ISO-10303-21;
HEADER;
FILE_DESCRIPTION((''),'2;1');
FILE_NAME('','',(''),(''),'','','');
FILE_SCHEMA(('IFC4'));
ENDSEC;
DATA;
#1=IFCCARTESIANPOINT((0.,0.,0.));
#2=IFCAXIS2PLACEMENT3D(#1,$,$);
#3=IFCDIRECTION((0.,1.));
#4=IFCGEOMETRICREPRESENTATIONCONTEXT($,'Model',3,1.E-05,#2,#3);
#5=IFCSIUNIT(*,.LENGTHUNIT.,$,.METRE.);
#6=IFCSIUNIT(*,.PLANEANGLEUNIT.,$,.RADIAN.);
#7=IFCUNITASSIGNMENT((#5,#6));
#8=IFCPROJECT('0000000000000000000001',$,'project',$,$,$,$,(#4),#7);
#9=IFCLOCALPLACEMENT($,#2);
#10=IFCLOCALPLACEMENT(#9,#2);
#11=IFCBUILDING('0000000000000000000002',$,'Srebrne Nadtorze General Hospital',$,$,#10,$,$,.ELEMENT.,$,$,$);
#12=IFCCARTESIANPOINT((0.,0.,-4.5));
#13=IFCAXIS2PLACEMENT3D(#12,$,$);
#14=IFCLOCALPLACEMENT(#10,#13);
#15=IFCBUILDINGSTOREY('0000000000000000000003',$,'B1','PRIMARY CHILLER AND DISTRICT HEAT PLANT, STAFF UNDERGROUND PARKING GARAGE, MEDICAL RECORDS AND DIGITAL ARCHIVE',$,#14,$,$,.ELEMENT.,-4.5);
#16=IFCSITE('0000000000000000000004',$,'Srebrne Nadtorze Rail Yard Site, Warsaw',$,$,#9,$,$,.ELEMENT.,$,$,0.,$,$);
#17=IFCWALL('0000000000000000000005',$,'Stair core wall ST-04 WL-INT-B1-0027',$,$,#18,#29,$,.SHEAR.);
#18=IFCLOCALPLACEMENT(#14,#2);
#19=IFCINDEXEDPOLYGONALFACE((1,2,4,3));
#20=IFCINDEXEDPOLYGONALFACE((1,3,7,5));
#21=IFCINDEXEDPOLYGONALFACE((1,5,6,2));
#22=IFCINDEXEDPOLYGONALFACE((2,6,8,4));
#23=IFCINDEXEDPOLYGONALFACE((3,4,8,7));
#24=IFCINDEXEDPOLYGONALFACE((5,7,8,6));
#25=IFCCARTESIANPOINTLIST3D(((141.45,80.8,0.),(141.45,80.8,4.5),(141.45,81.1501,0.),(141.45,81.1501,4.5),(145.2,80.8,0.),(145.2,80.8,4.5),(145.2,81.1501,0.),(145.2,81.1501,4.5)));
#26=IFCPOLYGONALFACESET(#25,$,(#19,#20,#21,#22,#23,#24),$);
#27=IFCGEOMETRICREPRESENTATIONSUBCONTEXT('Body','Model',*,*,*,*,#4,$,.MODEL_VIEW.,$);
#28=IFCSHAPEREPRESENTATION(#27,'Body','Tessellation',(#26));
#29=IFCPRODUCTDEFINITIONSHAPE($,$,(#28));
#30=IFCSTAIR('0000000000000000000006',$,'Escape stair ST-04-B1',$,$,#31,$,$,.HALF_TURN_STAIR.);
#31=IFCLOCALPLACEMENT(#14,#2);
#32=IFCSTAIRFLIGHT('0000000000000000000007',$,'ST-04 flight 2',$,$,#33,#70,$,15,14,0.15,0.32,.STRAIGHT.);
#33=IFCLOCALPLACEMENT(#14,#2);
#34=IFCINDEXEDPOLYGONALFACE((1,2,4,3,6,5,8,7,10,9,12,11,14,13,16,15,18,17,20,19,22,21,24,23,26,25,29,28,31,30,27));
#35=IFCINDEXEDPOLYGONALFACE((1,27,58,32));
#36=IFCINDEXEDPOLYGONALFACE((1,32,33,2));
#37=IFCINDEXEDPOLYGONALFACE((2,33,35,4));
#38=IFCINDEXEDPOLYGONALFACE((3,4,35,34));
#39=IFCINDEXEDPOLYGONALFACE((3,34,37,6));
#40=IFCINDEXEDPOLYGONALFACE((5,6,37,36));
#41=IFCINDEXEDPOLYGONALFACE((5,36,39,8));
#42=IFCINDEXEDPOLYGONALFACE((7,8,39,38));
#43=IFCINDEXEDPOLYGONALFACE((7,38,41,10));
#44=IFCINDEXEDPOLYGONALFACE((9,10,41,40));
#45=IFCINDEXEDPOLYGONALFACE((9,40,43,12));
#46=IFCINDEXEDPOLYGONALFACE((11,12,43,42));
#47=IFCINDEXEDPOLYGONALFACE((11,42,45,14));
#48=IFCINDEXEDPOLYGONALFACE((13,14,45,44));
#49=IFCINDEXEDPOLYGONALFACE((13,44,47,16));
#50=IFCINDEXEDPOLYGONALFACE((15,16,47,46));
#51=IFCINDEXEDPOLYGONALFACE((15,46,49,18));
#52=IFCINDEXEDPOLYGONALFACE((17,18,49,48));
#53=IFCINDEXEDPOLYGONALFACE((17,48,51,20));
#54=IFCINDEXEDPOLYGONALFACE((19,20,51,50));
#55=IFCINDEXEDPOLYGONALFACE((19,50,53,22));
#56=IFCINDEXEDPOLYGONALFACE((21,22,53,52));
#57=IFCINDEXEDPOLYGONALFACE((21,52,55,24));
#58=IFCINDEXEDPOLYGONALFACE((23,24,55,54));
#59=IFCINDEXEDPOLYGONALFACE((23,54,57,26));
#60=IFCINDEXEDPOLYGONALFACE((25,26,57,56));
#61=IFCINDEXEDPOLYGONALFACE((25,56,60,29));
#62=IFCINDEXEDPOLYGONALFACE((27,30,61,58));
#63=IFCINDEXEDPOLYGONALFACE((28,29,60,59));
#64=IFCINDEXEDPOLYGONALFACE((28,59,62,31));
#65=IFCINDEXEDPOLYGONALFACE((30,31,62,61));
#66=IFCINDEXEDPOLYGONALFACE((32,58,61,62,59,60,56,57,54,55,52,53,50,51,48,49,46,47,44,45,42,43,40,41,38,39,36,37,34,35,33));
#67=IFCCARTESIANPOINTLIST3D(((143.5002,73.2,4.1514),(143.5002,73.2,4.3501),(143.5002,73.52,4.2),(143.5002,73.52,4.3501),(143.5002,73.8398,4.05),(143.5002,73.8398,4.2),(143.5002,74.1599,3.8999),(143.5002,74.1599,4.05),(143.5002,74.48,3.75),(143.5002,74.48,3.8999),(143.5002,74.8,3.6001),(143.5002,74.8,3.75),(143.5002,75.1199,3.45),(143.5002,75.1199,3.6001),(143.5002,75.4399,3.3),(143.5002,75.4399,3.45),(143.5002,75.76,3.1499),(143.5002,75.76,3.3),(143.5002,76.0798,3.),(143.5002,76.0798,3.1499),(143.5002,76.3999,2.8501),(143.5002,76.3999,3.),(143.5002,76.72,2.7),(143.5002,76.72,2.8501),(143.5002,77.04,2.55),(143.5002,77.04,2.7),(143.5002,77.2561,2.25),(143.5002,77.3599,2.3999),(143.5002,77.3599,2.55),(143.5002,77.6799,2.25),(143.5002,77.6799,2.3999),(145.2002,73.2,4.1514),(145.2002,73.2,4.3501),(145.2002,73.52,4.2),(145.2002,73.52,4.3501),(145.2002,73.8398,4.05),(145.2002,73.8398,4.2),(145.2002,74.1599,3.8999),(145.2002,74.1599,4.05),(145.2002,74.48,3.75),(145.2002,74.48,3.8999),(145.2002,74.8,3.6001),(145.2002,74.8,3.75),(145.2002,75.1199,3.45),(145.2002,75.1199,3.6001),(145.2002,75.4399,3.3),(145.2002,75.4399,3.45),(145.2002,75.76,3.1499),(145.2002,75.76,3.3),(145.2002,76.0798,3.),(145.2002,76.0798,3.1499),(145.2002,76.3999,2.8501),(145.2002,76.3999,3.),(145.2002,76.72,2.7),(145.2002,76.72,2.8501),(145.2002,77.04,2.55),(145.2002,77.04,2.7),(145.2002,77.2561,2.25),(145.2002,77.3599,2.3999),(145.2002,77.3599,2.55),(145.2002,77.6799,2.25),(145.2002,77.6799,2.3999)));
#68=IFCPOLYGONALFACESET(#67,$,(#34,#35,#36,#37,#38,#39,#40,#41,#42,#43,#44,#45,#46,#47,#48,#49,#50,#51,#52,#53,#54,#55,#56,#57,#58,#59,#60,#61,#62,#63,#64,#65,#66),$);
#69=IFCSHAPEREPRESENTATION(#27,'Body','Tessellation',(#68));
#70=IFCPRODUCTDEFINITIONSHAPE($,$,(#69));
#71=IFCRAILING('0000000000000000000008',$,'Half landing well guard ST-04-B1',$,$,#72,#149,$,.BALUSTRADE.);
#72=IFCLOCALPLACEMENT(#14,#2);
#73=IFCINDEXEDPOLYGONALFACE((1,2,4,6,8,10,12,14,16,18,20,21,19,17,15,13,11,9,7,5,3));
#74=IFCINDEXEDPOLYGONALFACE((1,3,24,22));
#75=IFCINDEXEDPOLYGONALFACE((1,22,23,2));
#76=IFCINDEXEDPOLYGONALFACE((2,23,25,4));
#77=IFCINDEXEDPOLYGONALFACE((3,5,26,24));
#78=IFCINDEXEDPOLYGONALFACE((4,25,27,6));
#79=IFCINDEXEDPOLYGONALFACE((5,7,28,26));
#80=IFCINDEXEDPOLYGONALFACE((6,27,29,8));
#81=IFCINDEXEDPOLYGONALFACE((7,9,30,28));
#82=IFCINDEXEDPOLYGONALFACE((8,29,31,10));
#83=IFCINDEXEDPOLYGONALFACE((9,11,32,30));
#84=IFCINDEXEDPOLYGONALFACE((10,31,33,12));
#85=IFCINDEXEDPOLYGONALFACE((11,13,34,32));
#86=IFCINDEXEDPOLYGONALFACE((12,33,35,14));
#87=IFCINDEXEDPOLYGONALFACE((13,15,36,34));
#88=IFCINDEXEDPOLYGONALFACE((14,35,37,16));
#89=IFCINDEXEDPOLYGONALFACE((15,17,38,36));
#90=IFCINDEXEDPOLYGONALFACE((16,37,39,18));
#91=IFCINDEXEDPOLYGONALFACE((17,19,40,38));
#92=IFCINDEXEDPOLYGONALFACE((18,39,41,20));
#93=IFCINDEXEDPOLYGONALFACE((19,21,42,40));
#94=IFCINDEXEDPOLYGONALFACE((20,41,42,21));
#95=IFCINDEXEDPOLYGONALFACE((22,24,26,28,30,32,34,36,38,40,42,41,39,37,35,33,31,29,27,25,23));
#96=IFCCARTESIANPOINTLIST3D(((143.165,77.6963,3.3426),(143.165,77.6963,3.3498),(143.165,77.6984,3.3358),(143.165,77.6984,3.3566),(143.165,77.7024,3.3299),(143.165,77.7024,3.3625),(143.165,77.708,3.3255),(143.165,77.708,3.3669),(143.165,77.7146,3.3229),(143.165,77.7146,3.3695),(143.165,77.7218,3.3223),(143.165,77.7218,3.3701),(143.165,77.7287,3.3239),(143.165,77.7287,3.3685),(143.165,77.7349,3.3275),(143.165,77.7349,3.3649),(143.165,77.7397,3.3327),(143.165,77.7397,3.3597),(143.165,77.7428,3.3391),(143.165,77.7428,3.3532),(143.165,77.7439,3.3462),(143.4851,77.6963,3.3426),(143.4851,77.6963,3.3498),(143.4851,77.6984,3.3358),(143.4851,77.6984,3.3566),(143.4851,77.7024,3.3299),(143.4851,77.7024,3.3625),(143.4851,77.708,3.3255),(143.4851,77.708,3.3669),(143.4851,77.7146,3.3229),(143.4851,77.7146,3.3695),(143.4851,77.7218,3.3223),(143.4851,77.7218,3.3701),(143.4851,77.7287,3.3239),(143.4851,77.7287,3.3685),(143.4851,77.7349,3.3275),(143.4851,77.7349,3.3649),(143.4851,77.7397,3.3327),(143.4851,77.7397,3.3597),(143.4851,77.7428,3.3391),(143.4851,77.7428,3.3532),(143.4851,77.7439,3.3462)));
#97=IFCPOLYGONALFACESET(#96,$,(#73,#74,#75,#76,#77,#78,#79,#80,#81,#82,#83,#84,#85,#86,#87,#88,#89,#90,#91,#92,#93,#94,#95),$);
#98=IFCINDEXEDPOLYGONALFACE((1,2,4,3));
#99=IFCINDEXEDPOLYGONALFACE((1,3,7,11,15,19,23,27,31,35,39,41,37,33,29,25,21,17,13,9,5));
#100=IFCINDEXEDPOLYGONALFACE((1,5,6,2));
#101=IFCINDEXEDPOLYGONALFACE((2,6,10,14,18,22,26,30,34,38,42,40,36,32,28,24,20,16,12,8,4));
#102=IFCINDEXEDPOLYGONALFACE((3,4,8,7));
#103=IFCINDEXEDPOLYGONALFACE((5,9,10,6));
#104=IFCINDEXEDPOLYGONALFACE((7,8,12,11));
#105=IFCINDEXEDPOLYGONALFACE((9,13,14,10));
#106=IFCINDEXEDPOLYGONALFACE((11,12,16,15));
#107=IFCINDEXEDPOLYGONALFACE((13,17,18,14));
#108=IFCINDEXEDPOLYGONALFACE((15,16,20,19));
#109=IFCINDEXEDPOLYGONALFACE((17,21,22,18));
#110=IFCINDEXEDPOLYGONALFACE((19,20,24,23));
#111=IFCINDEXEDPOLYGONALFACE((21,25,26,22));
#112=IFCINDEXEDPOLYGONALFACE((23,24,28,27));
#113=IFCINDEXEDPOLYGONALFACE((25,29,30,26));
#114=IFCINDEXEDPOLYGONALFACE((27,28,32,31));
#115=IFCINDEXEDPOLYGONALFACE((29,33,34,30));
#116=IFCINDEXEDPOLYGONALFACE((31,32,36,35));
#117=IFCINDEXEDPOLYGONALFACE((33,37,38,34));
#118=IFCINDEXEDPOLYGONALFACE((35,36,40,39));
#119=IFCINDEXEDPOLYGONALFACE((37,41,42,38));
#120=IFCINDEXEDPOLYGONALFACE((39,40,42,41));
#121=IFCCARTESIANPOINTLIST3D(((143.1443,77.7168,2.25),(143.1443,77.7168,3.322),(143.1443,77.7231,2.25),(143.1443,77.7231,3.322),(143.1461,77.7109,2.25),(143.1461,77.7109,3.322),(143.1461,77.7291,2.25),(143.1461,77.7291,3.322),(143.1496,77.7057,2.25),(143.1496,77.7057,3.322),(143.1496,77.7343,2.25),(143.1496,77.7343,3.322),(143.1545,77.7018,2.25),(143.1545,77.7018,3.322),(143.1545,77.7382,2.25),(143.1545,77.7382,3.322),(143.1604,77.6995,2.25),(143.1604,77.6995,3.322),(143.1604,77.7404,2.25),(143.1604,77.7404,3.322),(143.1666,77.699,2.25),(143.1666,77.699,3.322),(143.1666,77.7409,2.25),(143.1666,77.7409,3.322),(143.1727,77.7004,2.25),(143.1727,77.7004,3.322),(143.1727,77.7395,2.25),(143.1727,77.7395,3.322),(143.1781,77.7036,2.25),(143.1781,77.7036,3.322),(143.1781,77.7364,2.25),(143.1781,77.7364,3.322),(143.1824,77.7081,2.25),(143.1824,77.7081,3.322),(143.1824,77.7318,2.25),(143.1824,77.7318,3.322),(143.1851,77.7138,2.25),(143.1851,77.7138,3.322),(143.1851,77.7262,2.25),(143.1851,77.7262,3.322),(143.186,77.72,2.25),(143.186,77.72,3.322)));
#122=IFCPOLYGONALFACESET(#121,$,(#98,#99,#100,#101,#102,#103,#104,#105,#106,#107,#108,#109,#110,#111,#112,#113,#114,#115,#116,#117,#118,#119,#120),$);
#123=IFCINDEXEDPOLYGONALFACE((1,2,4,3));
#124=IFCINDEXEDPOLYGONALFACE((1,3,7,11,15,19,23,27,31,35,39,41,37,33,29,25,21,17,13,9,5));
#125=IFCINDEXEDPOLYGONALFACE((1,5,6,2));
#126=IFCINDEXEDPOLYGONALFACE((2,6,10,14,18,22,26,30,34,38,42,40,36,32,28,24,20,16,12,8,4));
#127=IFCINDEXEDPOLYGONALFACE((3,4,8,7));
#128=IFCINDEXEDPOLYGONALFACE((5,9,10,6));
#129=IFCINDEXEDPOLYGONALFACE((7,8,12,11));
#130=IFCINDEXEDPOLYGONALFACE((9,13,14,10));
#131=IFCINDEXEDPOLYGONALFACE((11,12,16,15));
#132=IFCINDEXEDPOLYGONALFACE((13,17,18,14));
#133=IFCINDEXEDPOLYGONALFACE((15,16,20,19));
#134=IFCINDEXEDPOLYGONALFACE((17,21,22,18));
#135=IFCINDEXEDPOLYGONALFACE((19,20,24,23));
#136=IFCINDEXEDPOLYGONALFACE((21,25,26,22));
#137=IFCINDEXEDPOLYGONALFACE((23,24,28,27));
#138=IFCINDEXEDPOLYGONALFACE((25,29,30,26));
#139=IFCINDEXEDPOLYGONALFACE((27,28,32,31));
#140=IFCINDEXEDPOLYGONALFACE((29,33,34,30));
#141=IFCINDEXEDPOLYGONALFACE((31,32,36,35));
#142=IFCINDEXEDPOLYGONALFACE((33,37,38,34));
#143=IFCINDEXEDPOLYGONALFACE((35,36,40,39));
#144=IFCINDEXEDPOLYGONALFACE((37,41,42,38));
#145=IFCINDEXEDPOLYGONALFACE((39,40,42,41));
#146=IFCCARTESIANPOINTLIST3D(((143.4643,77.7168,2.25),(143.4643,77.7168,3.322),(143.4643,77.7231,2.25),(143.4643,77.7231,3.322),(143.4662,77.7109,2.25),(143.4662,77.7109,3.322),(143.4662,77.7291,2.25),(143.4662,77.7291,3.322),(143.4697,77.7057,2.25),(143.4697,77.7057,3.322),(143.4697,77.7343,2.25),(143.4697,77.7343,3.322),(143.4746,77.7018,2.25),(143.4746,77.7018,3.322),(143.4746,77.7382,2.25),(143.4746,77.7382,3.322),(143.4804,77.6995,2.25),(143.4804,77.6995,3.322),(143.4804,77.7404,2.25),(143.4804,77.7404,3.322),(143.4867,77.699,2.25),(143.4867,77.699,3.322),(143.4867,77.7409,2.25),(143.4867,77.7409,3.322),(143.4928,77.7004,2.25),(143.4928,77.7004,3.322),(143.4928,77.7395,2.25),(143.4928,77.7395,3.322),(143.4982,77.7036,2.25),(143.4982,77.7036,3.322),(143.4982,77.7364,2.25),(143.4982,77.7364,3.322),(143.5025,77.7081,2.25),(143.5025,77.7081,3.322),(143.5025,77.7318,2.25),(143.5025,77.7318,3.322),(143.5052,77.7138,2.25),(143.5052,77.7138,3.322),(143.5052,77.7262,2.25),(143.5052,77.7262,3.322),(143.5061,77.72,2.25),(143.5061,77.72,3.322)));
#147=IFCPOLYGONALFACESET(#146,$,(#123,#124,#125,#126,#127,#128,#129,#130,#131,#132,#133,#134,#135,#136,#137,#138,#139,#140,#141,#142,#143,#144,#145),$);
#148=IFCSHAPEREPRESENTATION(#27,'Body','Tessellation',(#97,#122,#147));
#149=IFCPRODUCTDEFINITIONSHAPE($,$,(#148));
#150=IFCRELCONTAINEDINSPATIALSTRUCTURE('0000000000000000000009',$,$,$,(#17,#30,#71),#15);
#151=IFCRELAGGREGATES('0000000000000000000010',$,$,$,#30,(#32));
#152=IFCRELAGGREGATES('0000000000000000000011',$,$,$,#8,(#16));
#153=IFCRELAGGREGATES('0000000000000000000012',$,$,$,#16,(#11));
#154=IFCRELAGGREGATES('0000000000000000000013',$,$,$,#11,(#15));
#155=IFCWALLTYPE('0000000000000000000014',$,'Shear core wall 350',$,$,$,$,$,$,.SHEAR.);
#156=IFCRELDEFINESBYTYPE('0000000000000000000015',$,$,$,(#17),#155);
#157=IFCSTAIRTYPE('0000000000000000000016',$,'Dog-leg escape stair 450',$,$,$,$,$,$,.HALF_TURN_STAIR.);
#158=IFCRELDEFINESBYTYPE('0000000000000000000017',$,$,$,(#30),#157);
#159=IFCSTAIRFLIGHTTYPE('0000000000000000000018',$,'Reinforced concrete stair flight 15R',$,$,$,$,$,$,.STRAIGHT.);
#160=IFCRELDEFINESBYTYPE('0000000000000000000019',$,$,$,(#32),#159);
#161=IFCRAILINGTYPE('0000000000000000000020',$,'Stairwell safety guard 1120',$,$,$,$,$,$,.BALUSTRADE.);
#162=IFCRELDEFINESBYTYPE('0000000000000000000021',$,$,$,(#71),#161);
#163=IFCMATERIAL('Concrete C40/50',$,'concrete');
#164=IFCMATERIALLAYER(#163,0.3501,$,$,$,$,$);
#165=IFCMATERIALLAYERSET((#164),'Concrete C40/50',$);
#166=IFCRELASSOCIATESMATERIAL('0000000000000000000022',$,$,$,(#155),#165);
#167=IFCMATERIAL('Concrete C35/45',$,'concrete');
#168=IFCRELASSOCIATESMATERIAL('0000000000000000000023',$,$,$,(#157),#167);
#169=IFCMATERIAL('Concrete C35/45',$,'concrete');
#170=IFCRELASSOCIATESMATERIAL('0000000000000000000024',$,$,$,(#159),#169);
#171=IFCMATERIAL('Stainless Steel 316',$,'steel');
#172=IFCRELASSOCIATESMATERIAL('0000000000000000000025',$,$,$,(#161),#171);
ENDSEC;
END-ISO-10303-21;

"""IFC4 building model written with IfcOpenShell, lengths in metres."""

from ifc_helpers import new_model, si_unit, direction, frame, frame_2d, origin, origin_2d, place, context, subcontext, project, spatial, polyline, rectangle, circle, outline, extrude, material, layer, layer_set, type_object, element, aggregate, save


model = new_model("IFC4")

# Units and contexts
model_context = context("Model", 3, precision=1e-05, world=origin(), true_north=direction((0.0, 1.0)))
body_context = subcontext(model_context, "Body", "Model", "MODEL_VIEW")
ifc_project = project(units=[si_unit("LENGTHUNIT", "METRE"), si_unit("PLANEANGLEUNIT", "RADIAN")], contexts=[model_context])

# Site, building, storey
site_placement = place(None, origin())
site = spatial("IfcSite", under=ifc_project, at=site_placement, Name="Srebrne Nadtorze Rail Yard Site, Warsaw", CompositionType="ELEMENT", RefElevation=0.0)
building_placement = place(site_placement, origin())
building = spatial("IfcBuilding", under=site, at=building_placement, Name="Srebrne Nadtorze General Hospital", CompositionType="ELEMENT")
storey_placement = place(building_placement, frame((0.0, 0.0, -4.5)))
storey = spatial("IfcBuildingStorey", under=building, at=storey_placement, Name="B1", Description="PRIMARY CHILLER AND DISTRICT HEAT PLANT, STAFF UNDERGROUND PARKING GARAGE, MEDICAL RECORDS AND DIGITAL ARCHIVE", CompositionType="ELEMENT", Elevation=-4.5)

# Wall
ifc_material_1 = material(Name="Concrete C40/50", Category="concrete")
ifc_layer_1 = layer(ifc_material_1, 0.3501)
ifc_layer_set_1 = layer_set([ifc_layer_1], Name="Concrete C40/50")
wall_type_1 = type_object("IfcWallType", Name="Shear core wall 350", PredefinedType="SHEAR", material=ifc_layer_set_1)
wall_1_placement = place(storey_placement, frame((141.45, 80.9751, 0.0), z_axis=(0.0, 0.0, 1.0), x_axis=(1.0, 0.0, 0.0)))
element("IfcWall", 1, at=wall_1_placement, inside=storey, type_object=wall_type_1, Name="Stair core wall ST-04 WL-INT-B1-0027", PredefinedType="SHEAR", context=body_context, shape_type="SweptSolid", body=[
    extrude(rectangle(XDim=3.75, YDim=0.3501, at=frame_2d((1.875, 0.0))), origin(), (0.0, 0.0, 1.0), 4.5),
])

# Stair, stair flight
ifc_material_2 = material(Name="Concrete C35/45", Category="concrete")
stair_type = type_object("IfcStairType", Name="Dog-leg escape stair 450", PredefinedType="HALF_TURN_STAIR", material=ifc_material_2)
stair_placement = place(storey_placement, origin())
stair = element("IfcStair", 2, at=stair_placement, inside=storey, type_object=stair_type, Name="Escape stair ST-04-B1", PredefinedType="HALF_TURN_STAIR")
ifc_material_3 = material(Name="Concrete C35/45", Category="concrete")
stair_flight_type = type_object("IfcStairFlightType", Name="Reinforced concrete stair flight 15R", PredefinedType="STRAIGHT", material=ifc_material_3)
stair_flight_placement = place(storey_placement, frame((144.3501, 77.6799, 2.25), z_axis=(0.0, 0.0, 1.0), x_axis=(0.0, -1.0, 0.0)))
stair_flight = element("IfcStairFlight", 3, at=stair_flight_placement, type_object=stair_flight_type, Name="ST-04 flight 2", NumberOfRisers=15, NumberOfTreads=14, PredefinedType="STRAIGHT", RiserHeight=0.15, TreadLength=0.32, context=body_context, shape_type="SweptSolid", body=[
    extrude(outline(polyline([(0.0, 0.0), (0.0, 0.1499), (0.3201, 0.1499), (0.3201, 0.3), (0.6399, 0.3), (0.6399, 0.45), (0.96, 0.45), (0.96, 0.6001), (1.28, 0.6001), (1.28, 0.75), (1.6001, 0.75), (1.6001, 0.8999), (1.9199, 0.8999), (1.9199, 1.05), (2.24, 1.05), (2.24, 1.2), (2.5601, 1.2), (2.5601, 1.3501), (2.8799, 1.3501), (2.8799, 1.5), (3.2, 1.5), (3.2, 1.6499), (3.52, 1.6499), (3.52, 1.8), (3.8401, 1.8), (3.8401, 1.95), (4.1599, 1.95), (4.1599, 2.1001), (4.48, 2.1001), (4.48, 2.25), (4.48, 1.9014), (0.4238, 0.0), (0.0, 0.0)])), frame((0.0, 0.8501, 0.0), z_axis=(0.0, -1.0, 0.0), x_axis=(1.0, 0.0, 0.0)), (0.0, 0.0, 1.0), 1.7),
])
aggregate(stair, [stair_flight])

# Railing
ifc_material_4 = material(Name="Stainless Steel 316", Category="steel")
railing_type_1 = type_object("IfcRailingType", Name="Stairwell safety guard 1120", PredefinedType="BALUSTRADE", material=ifc_material_4)
railing_1_placement = place(storey_placement, frame((143.165, 77.72, 2.25)))
element("IfcRailing", 4, at=railing_1_placement, inside=storey, type_object=railing_type_1, Name="Half landing well guard ST-04-B1", PredefinedType="BALUSTRADE", context=body_context, shape_type="SweptSolid", body=[
    extrude(circle(Radius=0.0239, at=origin_2d()), frame((0.0, 0.0, 1.0962), z_axis=(1.0, 0.0, 0.0), x_axis=(0.0, 1.0, 0.0)), (0.0, 0.0, 1.0), 0.3201),
    extrude(circle(Radius=0.021, at=origin_2d()), origin(), (0.0, 0.0, 1.0), 1.072),
    extrude(circle(Radius=0.021, at=origin_2d()), frame((0.3201, 0.0, 0.0)), (0.0, 0.0, 1.0), 1.072),
])

save(model, "model.ifc")
